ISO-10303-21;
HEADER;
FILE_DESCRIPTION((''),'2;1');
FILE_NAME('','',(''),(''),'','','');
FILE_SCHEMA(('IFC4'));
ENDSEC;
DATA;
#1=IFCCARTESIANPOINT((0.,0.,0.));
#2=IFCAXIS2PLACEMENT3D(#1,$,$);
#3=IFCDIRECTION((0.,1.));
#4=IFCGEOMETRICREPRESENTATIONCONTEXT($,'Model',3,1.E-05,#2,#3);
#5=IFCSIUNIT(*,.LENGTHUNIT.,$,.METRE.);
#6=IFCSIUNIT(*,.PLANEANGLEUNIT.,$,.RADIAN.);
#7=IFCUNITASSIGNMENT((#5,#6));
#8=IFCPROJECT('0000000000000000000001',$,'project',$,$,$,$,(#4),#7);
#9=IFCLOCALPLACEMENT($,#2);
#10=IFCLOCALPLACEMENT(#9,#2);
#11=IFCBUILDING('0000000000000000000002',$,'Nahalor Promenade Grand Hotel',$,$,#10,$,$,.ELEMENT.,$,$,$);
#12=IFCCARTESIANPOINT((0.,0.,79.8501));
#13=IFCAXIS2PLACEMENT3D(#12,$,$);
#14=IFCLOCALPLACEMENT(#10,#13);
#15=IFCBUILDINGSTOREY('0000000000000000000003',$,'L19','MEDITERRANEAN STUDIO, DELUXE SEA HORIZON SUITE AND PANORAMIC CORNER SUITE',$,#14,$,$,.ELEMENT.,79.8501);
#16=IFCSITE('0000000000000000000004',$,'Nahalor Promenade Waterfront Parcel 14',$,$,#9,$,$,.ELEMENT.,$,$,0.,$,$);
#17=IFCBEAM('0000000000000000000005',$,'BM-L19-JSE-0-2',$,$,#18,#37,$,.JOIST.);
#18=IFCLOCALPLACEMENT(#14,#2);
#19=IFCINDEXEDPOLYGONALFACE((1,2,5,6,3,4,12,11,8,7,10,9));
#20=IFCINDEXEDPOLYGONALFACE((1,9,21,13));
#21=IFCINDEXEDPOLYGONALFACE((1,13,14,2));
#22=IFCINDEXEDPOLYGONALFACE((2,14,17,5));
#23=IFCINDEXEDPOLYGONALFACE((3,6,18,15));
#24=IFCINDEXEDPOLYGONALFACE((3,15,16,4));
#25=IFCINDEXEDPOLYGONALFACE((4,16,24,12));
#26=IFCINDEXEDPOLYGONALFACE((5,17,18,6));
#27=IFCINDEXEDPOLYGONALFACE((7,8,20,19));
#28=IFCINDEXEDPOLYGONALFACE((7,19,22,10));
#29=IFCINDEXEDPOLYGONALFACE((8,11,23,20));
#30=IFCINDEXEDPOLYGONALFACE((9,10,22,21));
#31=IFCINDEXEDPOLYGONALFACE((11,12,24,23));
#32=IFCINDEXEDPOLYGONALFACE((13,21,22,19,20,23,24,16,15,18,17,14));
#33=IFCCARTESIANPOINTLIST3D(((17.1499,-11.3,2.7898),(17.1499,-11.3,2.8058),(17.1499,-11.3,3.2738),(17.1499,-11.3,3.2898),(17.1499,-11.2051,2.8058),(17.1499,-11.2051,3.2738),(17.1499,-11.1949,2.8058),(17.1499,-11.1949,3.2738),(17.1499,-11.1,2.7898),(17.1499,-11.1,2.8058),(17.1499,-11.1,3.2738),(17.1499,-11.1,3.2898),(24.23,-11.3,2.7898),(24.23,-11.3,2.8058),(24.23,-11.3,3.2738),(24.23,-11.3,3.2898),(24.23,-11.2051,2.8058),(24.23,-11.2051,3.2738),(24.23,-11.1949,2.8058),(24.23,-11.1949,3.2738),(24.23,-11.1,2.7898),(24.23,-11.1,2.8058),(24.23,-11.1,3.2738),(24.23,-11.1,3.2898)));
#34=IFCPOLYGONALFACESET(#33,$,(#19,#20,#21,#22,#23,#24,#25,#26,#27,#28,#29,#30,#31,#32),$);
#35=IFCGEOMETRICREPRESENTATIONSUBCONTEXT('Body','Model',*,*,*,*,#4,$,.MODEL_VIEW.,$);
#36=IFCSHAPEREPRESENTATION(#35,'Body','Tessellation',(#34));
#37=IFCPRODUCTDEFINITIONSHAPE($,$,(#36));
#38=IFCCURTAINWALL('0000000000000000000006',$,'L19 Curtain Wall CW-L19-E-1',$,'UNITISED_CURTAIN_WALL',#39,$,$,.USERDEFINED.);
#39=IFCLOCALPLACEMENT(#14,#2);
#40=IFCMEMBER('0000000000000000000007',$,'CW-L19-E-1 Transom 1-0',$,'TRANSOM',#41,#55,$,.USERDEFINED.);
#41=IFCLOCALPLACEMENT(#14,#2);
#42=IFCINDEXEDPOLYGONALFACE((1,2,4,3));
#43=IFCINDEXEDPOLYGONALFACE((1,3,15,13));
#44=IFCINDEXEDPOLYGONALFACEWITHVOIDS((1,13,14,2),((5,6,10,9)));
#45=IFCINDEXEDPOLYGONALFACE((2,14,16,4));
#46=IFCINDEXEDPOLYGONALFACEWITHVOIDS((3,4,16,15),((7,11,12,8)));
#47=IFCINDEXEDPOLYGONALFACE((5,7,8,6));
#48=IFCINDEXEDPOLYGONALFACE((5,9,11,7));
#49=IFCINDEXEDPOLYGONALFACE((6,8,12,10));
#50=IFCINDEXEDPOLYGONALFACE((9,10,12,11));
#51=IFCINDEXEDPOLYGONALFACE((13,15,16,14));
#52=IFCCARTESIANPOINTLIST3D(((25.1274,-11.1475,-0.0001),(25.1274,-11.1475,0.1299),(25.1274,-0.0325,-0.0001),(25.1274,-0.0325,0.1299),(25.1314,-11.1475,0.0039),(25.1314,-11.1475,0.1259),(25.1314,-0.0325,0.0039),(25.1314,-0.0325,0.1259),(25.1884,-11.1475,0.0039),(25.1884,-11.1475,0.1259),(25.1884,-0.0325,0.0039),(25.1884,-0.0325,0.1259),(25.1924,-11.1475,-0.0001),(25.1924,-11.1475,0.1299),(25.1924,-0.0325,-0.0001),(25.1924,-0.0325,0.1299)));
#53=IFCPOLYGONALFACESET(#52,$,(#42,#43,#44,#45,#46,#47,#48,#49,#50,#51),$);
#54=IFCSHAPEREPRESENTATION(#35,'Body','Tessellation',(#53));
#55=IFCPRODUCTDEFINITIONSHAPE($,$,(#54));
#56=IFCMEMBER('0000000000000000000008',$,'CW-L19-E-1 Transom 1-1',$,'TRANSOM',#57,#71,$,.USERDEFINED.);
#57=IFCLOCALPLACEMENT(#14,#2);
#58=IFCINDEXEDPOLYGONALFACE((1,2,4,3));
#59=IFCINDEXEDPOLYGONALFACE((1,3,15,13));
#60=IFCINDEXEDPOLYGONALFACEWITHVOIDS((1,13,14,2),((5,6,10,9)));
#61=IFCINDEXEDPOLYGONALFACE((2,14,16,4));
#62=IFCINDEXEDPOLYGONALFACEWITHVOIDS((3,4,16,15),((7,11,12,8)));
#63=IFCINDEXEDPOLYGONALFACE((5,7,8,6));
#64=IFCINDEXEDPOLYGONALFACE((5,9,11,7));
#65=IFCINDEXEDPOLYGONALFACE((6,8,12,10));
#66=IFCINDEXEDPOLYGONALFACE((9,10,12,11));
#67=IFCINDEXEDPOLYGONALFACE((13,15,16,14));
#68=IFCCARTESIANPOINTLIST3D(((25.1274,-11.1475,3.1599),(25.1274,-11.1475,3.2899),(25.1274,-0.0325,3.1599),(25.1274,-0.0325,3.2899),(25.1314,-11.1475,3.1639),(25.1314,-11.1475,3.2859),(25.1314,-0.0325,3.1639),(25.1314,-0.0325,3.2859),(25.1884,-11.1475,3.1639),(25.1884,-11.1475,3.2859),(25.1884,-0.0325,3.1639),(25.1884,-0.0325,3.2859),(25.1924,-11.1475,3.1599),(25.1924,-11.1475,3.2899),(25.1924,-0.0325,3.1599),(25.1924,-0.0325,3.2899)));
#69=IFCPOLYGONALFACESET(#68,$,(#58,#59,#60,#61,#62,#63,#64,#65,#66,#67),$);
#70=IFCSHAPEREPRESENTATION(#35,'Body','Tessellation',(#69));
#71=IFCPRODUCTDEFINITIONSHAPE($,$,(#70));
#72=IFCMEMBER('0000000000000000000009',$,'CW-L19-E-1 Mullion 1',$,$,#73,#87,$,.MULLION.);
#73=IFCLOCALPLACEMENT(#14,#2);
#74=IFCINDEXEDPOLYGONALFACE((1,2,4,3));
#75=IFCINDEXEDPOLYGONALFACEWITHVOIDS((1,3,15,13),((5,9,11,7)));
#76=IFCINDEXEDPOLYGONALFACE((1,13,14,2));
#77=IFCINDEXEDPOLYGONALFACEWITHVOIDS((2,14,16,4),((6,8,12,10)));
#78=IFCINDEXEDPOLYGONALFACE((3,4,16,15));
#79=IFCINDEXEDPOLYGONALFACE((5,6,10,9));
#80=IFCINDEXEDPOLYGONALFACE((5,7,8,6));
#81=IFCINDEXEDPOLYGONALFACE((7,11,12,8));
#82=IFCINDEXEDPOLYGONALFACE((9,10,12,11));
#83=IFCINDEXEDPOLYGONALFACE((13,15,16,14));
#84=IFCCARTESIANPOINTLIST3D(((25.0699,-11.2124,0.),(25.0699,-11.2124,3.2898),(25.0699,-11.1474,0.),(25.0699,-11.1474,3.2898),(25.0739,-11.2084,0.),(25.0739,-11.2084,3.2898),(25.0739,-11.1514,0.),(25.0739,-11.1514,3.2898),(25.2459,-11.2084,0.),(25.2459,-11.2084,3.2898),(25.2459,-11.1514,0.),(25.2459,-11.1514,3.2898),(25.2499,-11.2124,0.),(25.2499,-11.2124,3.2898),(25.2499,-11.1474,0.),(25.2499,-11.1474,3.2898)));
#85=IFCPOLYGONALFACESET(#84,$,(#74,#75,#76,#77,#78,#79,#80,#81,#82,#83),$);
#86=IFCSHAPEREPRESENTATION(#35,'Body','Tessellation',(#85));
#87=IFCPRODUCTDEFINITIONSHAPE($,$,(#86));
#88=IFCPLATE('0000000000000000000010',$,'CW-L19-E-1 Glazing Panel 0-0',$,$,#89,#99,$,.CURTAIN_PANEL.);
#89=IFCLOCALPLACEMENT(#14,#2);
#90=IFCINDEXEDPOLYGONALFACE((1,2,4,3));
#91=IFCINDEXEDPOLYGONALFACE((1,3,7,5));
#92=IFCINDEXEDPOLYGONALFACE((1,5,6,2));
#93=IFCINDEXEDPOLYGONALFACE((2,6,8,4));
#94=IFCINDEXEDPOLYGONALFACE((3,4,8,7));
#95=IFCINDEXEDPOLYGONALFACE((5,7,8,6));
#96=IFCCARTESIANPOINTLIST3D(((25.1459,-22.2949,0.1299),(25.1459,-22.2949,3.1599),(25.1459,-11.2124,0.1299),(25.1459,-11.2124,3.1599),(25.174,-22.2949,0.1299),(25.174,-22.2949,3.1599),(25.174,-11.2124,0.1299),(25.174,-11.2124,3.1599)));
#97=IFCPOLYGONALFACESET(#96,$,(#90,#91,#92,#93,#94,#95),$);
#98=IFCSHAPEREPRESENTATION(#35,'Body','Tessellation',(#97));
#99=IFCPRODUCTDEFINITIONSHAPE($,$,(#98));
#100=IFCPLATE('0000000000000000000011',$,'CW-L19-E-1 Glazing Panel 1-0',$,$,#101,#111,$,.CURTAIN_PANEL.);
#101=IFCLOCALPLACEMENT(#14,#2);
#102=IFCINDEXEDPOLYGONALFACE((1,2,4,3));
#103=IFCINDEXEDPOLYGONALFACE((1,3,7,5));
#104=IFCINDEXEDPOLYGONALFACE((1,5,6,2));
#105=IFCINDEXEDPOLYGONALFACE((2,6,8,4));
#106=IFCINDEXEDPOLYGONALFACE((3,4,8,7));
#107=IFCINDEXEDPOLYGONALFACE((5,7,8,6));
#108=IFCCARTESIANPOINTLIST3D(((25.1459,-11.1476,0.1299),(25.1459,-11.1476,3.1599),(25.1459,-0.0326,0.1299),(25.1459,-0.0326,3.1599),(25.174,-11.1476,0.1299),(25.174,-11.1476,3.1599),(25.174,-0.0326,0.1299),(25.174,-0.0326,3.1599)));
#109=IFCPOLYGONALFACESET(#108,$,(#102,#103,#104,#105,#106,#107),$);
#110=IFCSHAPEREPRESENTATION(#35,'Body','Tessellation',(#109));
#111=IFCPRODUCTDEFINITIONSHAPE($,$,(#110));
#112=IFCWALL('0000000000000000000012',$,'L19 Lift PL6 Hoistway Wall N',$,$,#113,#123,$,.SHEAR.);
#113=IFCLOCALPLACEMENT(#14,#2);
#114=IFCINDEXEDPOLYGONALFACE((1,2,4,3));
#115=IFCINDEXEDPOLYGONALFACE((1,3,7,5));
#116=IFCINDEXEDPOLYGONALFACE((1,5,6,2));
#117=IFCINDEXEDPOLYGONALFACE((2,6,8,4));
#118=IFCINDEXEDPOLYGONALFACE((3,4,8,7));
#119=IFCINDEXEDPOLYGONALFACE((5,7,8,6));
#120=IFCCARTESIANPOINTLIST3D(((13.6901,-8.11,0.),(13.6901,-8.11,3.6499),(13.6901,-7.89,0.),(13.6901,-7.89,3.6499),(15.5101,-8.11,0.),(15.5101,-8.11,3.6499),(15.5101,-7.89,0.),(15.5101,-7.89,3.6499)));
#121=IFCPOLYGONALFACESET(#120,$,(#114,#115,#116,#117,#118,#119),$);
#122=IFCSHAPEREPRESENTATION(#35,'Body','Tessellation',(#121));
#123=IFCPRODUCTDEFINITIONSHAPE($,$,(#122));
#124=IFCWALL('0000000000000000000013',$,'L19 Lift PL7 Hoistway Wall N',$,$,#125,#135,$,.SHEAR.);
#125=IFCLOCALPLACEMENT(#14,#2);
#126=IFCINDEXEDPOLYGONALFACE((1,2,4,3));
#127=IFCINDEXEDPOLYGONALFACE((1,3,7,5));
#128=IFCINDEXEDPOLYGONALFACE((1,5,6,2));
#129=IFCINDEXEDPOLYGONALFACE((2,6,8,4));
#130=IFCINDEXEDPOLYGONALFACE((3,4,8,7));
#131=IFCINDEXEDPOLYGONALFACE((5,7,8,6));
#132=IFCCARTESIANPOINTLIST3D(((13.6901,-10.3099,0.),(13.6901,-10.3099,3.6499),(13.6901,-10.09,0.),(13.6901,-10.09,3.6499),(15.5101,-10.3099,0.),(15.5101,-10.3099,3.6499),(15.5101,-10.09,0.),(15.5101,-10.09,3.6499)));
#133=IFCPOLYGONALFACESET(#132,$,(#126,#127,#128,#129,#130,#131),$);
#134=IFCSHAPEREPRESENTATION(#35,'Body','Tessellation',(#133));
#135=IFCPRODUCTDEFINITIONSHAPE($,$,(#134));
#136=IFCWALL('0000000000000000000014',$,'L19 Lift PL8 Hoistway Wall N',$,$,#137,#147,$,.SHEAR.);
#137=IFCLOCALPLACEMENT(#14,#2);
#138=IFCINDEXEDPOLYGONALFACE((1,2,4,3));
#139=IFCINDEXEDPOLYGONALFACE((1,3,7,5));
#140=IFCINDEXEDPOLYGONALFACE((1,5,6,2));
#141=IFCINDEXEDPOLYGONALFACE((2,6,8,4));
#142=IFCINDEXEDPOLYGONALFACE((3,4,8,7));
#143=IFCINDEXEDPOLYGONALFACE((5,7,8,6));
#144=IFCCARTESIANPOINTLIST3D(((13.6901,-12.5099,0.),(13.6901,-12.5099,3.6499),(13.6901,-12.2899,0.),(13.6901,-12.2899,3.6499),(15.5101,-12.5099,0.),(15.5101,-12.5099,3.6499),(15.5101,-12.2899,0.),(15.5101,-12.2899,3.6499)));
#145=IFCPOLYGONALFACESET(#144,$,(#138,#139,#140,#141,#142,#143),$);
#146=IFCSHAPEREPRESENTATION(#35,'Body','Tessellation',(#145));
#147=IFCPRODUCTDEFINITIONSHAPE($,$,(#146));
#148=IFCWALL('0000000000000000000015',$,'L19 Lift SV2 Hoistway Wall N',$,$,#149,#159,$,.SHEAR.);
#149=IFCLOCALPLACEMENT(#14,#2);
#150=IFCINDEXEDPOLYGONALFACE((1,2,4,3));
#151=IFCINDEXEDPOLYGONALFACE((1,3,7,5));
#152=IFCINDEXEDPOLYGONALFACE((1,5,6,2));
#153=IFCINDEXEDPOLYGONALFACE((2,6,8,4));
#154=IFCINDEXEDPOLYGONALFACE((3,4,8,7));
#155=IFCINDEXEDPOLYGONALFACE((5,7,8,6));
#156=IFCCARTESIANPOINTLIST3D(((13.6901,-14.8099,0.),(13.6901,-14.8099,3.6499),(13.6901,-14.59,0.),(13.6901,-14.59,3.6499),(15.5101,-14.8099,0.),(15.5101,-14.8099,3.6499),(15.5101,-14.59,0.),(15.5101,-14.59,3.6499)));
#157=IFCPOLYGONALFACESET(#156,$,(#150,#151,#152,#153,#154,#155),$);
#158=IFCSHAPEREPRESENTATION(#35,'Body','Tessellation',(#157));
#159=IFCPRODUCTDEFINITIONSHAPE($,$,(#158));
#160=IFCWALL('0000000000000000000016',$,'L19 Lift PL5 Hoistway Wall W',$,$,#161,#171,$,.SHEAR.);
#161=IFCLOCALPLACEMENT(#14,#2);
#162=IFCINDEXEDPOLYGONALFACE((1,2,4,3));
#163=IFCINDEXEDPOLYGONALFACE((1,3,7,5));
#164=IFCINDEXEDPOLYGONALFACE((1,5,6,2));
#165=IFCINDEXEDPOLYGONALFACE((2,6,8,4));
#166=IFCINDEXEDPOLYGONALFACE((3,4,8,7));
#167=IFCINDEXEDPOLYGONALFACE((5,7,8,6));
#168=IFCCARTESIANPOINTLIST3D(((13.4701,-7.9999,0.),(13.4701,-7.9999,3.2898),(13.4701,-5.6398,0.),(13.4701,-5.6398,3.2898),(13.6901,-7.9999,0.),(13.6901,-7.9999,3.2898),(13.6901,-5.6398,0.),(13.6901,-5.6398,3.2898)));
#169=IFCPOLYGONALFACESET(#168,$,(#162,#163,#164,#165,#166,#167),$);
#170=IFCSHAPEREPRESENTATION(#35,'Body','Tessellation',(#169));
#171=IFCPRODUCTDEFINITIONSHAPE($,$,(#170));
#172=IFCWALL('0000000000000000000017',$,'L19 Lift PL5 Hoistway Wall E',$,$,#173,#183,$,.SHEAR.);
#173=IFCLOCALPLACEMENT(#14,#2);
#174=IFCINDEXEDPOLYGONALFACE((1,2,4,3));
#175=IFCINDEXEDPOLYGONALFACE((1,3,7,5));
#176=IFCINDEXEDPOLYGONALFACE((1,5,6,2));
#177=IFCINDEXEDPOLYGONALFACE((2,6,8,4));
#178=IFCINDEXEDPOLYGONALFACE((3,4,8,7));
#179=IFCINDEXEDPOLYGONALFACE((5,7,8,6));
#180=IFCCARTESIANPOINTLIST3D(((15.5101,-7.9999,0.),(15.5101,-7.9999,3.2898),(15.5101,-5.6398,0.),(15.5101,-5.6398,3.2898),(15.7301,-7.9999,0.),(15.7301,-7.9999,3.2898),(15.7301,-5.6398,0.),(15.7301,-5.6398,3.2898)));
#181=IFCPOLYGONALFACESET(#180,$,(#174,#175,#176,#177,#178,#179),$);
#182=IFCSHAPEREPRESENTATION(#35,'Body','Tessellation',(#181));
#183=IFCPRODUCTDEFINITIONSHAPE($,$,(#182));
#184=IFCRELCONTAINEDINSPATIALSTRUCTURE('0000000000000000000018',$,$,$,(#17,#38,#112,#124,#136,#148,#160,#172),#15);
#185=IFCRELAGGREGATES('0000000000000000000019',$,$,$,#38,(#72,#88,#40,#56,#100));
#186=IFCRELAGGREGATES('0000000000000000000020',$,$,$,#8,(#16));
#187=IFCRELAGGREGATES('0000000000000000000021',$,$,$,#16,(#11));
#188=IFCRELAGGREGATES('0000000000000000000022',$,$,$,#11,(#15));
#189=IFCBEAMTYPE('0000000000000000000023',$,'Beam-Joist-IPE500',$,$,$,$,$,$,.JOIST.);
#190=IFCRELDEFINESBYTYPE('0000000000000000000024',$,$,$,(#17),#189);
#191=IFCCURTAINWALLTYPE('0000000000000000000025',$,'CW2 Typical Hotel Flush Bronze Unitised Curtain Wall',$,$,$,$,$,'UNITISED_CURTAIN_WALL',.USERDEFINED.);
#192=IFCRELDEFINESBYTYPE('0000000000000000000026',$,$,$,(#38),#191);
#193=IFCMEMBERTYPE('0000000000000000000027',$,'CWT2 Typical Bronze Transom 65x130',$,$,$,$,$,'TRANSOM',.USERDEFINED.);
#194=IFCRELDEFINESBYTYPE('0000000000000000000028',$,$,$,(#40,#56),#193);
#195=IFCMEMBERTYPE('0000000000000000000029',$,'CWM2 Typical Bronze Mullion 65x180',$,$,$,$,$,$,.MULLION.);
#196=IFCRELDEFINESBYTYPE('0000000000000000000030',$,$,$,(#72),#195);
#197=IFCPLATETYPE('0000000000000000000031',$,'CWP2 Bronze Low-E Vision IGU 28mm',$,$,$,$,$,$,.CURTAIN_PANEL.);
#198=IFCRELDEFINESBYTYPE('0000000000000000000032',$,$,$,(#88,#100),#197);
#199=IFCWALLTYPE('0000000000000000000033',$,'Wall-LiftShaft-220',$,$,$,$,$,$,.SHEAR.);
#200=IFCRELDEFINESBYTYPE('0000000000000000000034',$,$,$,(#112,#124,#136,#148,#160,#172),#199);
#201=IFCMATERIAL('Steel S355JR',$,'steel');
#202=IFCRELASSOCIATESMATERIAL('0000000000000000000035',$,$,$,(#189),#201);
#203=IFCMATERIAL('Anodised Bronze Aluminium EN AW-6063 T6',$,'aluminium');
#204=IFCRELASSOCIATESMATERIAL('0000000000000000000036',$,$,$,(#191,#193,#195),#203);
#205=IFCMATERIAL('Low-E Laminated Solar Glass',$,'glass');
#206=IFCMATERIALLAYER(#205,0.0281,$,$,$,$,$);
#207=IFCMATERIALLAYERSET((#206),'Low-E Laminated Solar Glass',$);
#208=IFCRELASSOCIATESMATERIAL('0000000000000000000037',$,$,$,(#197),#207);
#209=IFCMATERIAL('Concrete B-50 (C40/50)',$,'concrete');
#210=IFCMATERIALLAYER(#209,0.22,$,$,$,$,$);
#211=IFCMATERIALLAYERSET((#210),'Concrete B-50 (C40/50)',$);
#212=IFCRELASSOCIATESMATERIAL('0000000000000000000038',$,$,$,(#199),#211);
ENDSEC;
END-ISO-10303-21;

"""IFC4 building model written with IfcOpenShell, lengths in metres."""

from ifc_helpers import new_model, si_unit, direction, frame, frame_2d, origin, origin_2d, place, context, subcontext, project, spatial, rectangle, hollow_rectangle, i_section, extrude, source, transform, mapped, material, layer, layer_set, material_profile, profile_set, type_object, element, aggregate, save


model = new_model("IFC4")

# Units and contexts
model_context = context("Model", 3, precision=1e-05, world=origin(), true_north=direction((0.0, 1.0)))
body_context = subcontext(model_context, "Body", "Model", "MODEL_VIEW")
ifc_project = project(units=[si_unit("LENGTHUNIT", "METRE"), si_unit("PLANEANGLEUNIT", "RADIAN")], contexts=[model_context])

# Site, building, storey
site_placement = place(None, origin())
site = spatial("IfcSite", under=ifc_project, at=site_placement, Name="Nahalor Promenade Waterfront Parcel 14", CompositionType="ELEMENT", RefElevation=0.0)
building_placement = place(site_placement, origin())
building = spatial("IfcBuilding", under=site, at=building_placement, Name="Nahalor Promenade Grand Hotel", CompositionType="ELEMENT")
storey_placement = place(building_placement, frame((0.0, 0.0, 79.8501)))
storey = spatial("IfcBuildingStorey", under=building, at=storey_placement, Name="L19", Description="MEDITERRANEAN STUDIO, DELUXE SEA HORIZON SUITE AND PANORAMIC CORNER SUITE", CompositionType="ELEMENT", Elevation=79.8501)

# Beam
ifc_material_1 = material(Name="Steel S355JR", Category="steel")
ifc_material_profile_1 = material_profile(ifc_material_1, i_section(OverallWidth=0.2, OverallDepth=0.5, WebThickness=0.0102, FlangeThickness=0.016, at=origin_2d()), Name="IPE 500")
ifc_profile_set_1 = profile_set([ifc_material_profile_1], Name="Steel S355JR")
beam_type_1 = type_object("IfcBeamType", Name="Beam-Joist-IPE500", PredefinedType="JOIST", material=ifc_profile_set_1)
shared_shape_1 = source(origin(), body_context, "Body", "SweptSolid", [
    extrude(i_section(OverallWidth=0.2, OverallDepth=0.5, WebThickness=0.0102, FlangeThickness=0.016, at=origin_2d()), origin(), (0.0, 0.0, 1.0), 7.0801),
])
beam_1_placement = place(storey_placement, frame((17.1499, -11.2, 3.0398), z_axis=(1.0, 0.0, 0.0), x_axis=(0.0, 1.0, 0.0)))
element("IfcBeam", 1, at=beam_1_placement, inside=storey, type_object=beam_type_1, Name="BM-L19-JSE-0-2", PredefinedType="JOIST", context=body_context, shape_type="MappedRepresentation", body=[
    mapped(shared_shape_1, transform((0.0, 0.0, 0.0), scale=1.0)),
])

# Curtain wall, members, plates
ifc_material_2 = material(Name="Anodised Bronze Aluminium EN AW-6063 T6", Category="aluminium")
curtain_wall_type = type_object("IfcCurtainWallType", Name="CW2 Typical Hotel Flush Bronze Unitised Curtain Wall", ElementType="UNITISED_CURTAIN_WALL", PredefinedType="USERDEFINED", material=ifc_material_2)
curtain_wall_placement = place(storey_placement, origin())
curtain_wall = element("IfcCurtainWall", 2, at=curtain_wall_placement, inside=storey, type_object=curtain_wall_type, Name="L19 Curtain Wall CW-L19-E-1", ObjectType="UNITISED_CURTAIN_WALL", PredefinedType="USERDEFINED")
ifc_material_profile_2 = material_profile(ifc_material_2, hollow_rectangle(XDim=0.065, YDim=0.13, WallThickness=0.004, at=origin_2d()), Name="CWT 65x130x4")
ifc_profile_set_2 = profile_set([ifc_material_profile_2], Name="Anodised Bronze Aluminium EN AW-6063 T6")
member_type_1 = type_object("IfcMemberType", Name="CWT2 Typical Bronze Transom 65x130", ElementType="TRANSOM", PredefinedType="USERDEFINED", material=ifc_profile_set_2)
shared_shape_2 = source(origin(), body_context, "Body", "SweptSolid", [
    extrude(hollow_rectangle(XDim=0.065, YDim=0.13, WallThickness=0.004, at=origin_2d()), origin(), (0.0, 0.0, 1.0), 11.115),
])
member_1_placement = place(storey_placement, frame((25.1599, -11.1475, 0.0649), z_axis=(0.0, 1.0, 0.0), x_axis=(-1.0, 0.0, 0.0)))
member_1 = element("IfcMember", 3, at=member_1_placement, type_object=member_type_1, Name="CW-L19-E-1 Transom 1-0", ObjectType="TRANSOM", PredefinedType="USERDEFINED", context=body_context, shape_type="MappedRepresentation", body=[
    mapped(shared_shape_2, transform((0.0, 0.0, 0.0), scale=1.0)),
])
member_2_placement = place(storey_placement, frame((25.1599, -11.1475, 3.2249), z_axis=(0.0, 1.0, 0.0), x_axis=(-1.0, 0.0, 0.0)))
member_2 = element("IfcMember", 4, at=member_2_placement, type_object=member_type_1, Name="CW-L19-E-1 Transom 1-1", ObjectType="TRANSOM", PredefinedType="USERDEFINED", context=body_context, shape_type="MappedRepresentation", body=[
    mapped(shared_shape_2, transform((0.0, 0.0, 0.0), scale=1.0)),
])
ifc_material_profile_3 = material_profile(ifc_material_2, hollow_rectangle(XDim=0.065, YDim=0.18, WallThickness=0.004, at=origin_2d()), Name="CWM 65x180x4")
ifc_profile_set_3 = profile_set([ifc_material_profile_3], Name="Anodised Bronze Aluminium EN AW-6063 T6")
member_type_2 = type_object("IfcMemberType", Name="CWM2 Typical Bronze Mullion 65x180", PredefinedType="MULLION", material=ifc_profile_set_3)
shared_shape_3 = source(origin(), body_context, "Body", "SweptSolid", [
    extrude(hollow_rectangle(XDim=0.065, YDim=0.18, WallThickness=0.004, at=origin_2d()), origin(), (0.0, 0.0, 1.0), 3.2898),
])
member_3_placement = place(storey_placement, frame((25.1599, -11.1799, 0.0), z_axis=(0.0, 0.0, 1.0), x_axis=(0.0, 1.0, 0.0)))
member_3 = element("IfcMember", 5, at=member_3_placement, type_object=member_type_2, Name="CW-L19-E-1 Mullion 1", PredefinedType="MULLION", context=body_context, shape_type="MappedRepresentation", body=[
    mapped(shared_shape_3, transform((0.0, 0.0, 0.0), scale=1.0)),
])
ifc_material_3 = material(Name="Low-E Laminated Solar Glass", Category="glass")
ifc_layer_1 = layer(ifc_material_3, 0.0281)
ifc_layer_set_1 = layer_set([ifc_layer_1], Name="Low-E Laminated Solar Glass")
plate_type = type_object("IfcPlateType", Name="CWP2 Bronze Low-E Vision IGU 28mm", PredefinedType="CURTAIN_PANEL", material=ifc_layer_set_1)
shared_shape_4 = source(origin(), body_context, "Body", "SweptSolid", [
    extrude(rectangle(XDim=11.0825, YDim=0.0281, at=origin_2d()), origin(), (0.0, 0.0, 1.0), 3.03),
])
plate_1_placement = place(storey_placement, frame((25.1599, -16.7537, 0.1299), z_axis=(0.0, 0.0, 1.0), x_axis=(0.0, 1.0, 0.0)))
plate_1 = element("IfcPlate", 6, at=plate_1_placement, type_object=plate_type, Name="CW-L19-E-1 Glazing Panel 0-0", PredefinedType="CURTAIN_PANEL", context=body_context, shape_type="MappedRepresentation", body=[
    mapped(shared_shape_4, transform((0.0, 0.0, 0.0), scale=1.0)),
])
shared_shape_5 = source(origin(), body_context, "Body", "SweptSolid", [
    extrude(rectangle(XDim=11.115, YDim=0.0281, at=origin_2d()), origin(), (0.0, 0.0, 1.0), 3.03),
])
plate_2_placement = place(storey_placement, frame((25.1599, -5.5901, 0.1299), z_axis=(0.0, 0.0, 1.0), x_axis=(0.0, 1.0, 0.0)))
plate_2 = element("IfcPlate", 7, at=plate_2_placement, type_object=plate_type, Name="CW-L19-E-1 Glazing Panel 1-0", PredefinedType="CURTAIN_PANEL", context=body_context, shape_type="MappedRepresentation", body=[
    mapped(shared_shape_5, transform((0.0, 0.0, 0.0), scale=1.0)),
])
aggregate(curtain_wall, [member_3, plate_1, member_1, member_2, plate_2])

# Walls
ifc_material_4 = material(Name="Concrete B-50 (C40/50)", Category="concrete")
ifc_layer_2 = layer(ifc_material_4, 0.22)
ifc_layer_set_2 = layer_set([ifc_layer_2], Name="Concrete B-50 (C40/50)")
wall_type_1 = type_object("IfcWallType", Name="Wall-LiftShaft-220", PredefinedType="SHEAR", material=ifc_layer_set_2)
shared_shape_6 = source(origin(), body_context, "Body", "SweptSolid", [
    extrude(rectangle(XDim=1.8201, YDim=0.22, at=frame_2d((0.9102, 0.0))), origin(), (0.0, 0.0, 1.0), 3.6499),
])
for number, where, z_axis, x_axis, name in (
    (8, (13.6899, -8.0, 0.0), (0.0, 0.0, 1.0), (1.0, 0.0, 0.0), "L19 Lift PL6 Hoistway Wall N"),
    (9, (13.6899, -10.2, 0.0), (0.0, 0.0, 1.0), (1.0, 0.0, 0.0), "L19 Lift PL7 Hoistway Wall N"),
    (10, (13.6899, -12.3999, 0.0), (0.0, 0.0, 1.0), (1.0, 0.0, 0.0), "L19 Lift PL8 Hoistway Wall N"),
    (11, (13.6899, -14.7, 0.0), (0.0, 0.0, 1.0), (1.0, 0.0, 0.0), "L19 Lift SV2 Hoistway Wall N"),
):
    element("IfcWall", number, at=place(storey_placement, frame(where, z_axis=z_axis, x_axis=x_axis)), inside=storey, type_object=wall_type_1, Name=name, PredefinedType="SHEAR", context=body_context, shape_type="MappedRepresentation", body=[
        mapped(shared_shape_6, transform((0.0, 0.0, 0.0), scale=1.0)),
    ])
shared_shape_7 = source(origin(), body_context, "Body", "SweptSolid", [
    extrude(rectangle(XDim=2.3601, YDim=0.22, at=frame_2d((1.1802, 0.0))), origin(), (0.0, 0.0, 1.0), 3.2898),
])
for number, where, z_axis, x_axis, name in (
    (12, (13.5801, -8.0, 0.0), (0.0, 0.0, 1.0), (0.0, 1.0, 0.0), "L19 Lift PL5 Hoistway Wall W"),
    (13, (15.6201, -8.0, 0.0), (0.0, 0.0, 1.0), (0.0, 1.0, 0.0), "L19 Lift PL5 Hoistway Wall E"),
):
    element("IfcWall", number, at=place(storey_placement, frame(where, z_axis=z_axis, x_axis=x_axis)), inside=storey, type_object=wall_type_1, Name=name, PredefinedType="SHEAR", context=body_context, shape_type="MappedRepresentation", body=[
        mapped(shared_shape_7, transform((0.0, 0.0, 0.0), scale=1.0)),
    ])

save(model, "model.ifc")
